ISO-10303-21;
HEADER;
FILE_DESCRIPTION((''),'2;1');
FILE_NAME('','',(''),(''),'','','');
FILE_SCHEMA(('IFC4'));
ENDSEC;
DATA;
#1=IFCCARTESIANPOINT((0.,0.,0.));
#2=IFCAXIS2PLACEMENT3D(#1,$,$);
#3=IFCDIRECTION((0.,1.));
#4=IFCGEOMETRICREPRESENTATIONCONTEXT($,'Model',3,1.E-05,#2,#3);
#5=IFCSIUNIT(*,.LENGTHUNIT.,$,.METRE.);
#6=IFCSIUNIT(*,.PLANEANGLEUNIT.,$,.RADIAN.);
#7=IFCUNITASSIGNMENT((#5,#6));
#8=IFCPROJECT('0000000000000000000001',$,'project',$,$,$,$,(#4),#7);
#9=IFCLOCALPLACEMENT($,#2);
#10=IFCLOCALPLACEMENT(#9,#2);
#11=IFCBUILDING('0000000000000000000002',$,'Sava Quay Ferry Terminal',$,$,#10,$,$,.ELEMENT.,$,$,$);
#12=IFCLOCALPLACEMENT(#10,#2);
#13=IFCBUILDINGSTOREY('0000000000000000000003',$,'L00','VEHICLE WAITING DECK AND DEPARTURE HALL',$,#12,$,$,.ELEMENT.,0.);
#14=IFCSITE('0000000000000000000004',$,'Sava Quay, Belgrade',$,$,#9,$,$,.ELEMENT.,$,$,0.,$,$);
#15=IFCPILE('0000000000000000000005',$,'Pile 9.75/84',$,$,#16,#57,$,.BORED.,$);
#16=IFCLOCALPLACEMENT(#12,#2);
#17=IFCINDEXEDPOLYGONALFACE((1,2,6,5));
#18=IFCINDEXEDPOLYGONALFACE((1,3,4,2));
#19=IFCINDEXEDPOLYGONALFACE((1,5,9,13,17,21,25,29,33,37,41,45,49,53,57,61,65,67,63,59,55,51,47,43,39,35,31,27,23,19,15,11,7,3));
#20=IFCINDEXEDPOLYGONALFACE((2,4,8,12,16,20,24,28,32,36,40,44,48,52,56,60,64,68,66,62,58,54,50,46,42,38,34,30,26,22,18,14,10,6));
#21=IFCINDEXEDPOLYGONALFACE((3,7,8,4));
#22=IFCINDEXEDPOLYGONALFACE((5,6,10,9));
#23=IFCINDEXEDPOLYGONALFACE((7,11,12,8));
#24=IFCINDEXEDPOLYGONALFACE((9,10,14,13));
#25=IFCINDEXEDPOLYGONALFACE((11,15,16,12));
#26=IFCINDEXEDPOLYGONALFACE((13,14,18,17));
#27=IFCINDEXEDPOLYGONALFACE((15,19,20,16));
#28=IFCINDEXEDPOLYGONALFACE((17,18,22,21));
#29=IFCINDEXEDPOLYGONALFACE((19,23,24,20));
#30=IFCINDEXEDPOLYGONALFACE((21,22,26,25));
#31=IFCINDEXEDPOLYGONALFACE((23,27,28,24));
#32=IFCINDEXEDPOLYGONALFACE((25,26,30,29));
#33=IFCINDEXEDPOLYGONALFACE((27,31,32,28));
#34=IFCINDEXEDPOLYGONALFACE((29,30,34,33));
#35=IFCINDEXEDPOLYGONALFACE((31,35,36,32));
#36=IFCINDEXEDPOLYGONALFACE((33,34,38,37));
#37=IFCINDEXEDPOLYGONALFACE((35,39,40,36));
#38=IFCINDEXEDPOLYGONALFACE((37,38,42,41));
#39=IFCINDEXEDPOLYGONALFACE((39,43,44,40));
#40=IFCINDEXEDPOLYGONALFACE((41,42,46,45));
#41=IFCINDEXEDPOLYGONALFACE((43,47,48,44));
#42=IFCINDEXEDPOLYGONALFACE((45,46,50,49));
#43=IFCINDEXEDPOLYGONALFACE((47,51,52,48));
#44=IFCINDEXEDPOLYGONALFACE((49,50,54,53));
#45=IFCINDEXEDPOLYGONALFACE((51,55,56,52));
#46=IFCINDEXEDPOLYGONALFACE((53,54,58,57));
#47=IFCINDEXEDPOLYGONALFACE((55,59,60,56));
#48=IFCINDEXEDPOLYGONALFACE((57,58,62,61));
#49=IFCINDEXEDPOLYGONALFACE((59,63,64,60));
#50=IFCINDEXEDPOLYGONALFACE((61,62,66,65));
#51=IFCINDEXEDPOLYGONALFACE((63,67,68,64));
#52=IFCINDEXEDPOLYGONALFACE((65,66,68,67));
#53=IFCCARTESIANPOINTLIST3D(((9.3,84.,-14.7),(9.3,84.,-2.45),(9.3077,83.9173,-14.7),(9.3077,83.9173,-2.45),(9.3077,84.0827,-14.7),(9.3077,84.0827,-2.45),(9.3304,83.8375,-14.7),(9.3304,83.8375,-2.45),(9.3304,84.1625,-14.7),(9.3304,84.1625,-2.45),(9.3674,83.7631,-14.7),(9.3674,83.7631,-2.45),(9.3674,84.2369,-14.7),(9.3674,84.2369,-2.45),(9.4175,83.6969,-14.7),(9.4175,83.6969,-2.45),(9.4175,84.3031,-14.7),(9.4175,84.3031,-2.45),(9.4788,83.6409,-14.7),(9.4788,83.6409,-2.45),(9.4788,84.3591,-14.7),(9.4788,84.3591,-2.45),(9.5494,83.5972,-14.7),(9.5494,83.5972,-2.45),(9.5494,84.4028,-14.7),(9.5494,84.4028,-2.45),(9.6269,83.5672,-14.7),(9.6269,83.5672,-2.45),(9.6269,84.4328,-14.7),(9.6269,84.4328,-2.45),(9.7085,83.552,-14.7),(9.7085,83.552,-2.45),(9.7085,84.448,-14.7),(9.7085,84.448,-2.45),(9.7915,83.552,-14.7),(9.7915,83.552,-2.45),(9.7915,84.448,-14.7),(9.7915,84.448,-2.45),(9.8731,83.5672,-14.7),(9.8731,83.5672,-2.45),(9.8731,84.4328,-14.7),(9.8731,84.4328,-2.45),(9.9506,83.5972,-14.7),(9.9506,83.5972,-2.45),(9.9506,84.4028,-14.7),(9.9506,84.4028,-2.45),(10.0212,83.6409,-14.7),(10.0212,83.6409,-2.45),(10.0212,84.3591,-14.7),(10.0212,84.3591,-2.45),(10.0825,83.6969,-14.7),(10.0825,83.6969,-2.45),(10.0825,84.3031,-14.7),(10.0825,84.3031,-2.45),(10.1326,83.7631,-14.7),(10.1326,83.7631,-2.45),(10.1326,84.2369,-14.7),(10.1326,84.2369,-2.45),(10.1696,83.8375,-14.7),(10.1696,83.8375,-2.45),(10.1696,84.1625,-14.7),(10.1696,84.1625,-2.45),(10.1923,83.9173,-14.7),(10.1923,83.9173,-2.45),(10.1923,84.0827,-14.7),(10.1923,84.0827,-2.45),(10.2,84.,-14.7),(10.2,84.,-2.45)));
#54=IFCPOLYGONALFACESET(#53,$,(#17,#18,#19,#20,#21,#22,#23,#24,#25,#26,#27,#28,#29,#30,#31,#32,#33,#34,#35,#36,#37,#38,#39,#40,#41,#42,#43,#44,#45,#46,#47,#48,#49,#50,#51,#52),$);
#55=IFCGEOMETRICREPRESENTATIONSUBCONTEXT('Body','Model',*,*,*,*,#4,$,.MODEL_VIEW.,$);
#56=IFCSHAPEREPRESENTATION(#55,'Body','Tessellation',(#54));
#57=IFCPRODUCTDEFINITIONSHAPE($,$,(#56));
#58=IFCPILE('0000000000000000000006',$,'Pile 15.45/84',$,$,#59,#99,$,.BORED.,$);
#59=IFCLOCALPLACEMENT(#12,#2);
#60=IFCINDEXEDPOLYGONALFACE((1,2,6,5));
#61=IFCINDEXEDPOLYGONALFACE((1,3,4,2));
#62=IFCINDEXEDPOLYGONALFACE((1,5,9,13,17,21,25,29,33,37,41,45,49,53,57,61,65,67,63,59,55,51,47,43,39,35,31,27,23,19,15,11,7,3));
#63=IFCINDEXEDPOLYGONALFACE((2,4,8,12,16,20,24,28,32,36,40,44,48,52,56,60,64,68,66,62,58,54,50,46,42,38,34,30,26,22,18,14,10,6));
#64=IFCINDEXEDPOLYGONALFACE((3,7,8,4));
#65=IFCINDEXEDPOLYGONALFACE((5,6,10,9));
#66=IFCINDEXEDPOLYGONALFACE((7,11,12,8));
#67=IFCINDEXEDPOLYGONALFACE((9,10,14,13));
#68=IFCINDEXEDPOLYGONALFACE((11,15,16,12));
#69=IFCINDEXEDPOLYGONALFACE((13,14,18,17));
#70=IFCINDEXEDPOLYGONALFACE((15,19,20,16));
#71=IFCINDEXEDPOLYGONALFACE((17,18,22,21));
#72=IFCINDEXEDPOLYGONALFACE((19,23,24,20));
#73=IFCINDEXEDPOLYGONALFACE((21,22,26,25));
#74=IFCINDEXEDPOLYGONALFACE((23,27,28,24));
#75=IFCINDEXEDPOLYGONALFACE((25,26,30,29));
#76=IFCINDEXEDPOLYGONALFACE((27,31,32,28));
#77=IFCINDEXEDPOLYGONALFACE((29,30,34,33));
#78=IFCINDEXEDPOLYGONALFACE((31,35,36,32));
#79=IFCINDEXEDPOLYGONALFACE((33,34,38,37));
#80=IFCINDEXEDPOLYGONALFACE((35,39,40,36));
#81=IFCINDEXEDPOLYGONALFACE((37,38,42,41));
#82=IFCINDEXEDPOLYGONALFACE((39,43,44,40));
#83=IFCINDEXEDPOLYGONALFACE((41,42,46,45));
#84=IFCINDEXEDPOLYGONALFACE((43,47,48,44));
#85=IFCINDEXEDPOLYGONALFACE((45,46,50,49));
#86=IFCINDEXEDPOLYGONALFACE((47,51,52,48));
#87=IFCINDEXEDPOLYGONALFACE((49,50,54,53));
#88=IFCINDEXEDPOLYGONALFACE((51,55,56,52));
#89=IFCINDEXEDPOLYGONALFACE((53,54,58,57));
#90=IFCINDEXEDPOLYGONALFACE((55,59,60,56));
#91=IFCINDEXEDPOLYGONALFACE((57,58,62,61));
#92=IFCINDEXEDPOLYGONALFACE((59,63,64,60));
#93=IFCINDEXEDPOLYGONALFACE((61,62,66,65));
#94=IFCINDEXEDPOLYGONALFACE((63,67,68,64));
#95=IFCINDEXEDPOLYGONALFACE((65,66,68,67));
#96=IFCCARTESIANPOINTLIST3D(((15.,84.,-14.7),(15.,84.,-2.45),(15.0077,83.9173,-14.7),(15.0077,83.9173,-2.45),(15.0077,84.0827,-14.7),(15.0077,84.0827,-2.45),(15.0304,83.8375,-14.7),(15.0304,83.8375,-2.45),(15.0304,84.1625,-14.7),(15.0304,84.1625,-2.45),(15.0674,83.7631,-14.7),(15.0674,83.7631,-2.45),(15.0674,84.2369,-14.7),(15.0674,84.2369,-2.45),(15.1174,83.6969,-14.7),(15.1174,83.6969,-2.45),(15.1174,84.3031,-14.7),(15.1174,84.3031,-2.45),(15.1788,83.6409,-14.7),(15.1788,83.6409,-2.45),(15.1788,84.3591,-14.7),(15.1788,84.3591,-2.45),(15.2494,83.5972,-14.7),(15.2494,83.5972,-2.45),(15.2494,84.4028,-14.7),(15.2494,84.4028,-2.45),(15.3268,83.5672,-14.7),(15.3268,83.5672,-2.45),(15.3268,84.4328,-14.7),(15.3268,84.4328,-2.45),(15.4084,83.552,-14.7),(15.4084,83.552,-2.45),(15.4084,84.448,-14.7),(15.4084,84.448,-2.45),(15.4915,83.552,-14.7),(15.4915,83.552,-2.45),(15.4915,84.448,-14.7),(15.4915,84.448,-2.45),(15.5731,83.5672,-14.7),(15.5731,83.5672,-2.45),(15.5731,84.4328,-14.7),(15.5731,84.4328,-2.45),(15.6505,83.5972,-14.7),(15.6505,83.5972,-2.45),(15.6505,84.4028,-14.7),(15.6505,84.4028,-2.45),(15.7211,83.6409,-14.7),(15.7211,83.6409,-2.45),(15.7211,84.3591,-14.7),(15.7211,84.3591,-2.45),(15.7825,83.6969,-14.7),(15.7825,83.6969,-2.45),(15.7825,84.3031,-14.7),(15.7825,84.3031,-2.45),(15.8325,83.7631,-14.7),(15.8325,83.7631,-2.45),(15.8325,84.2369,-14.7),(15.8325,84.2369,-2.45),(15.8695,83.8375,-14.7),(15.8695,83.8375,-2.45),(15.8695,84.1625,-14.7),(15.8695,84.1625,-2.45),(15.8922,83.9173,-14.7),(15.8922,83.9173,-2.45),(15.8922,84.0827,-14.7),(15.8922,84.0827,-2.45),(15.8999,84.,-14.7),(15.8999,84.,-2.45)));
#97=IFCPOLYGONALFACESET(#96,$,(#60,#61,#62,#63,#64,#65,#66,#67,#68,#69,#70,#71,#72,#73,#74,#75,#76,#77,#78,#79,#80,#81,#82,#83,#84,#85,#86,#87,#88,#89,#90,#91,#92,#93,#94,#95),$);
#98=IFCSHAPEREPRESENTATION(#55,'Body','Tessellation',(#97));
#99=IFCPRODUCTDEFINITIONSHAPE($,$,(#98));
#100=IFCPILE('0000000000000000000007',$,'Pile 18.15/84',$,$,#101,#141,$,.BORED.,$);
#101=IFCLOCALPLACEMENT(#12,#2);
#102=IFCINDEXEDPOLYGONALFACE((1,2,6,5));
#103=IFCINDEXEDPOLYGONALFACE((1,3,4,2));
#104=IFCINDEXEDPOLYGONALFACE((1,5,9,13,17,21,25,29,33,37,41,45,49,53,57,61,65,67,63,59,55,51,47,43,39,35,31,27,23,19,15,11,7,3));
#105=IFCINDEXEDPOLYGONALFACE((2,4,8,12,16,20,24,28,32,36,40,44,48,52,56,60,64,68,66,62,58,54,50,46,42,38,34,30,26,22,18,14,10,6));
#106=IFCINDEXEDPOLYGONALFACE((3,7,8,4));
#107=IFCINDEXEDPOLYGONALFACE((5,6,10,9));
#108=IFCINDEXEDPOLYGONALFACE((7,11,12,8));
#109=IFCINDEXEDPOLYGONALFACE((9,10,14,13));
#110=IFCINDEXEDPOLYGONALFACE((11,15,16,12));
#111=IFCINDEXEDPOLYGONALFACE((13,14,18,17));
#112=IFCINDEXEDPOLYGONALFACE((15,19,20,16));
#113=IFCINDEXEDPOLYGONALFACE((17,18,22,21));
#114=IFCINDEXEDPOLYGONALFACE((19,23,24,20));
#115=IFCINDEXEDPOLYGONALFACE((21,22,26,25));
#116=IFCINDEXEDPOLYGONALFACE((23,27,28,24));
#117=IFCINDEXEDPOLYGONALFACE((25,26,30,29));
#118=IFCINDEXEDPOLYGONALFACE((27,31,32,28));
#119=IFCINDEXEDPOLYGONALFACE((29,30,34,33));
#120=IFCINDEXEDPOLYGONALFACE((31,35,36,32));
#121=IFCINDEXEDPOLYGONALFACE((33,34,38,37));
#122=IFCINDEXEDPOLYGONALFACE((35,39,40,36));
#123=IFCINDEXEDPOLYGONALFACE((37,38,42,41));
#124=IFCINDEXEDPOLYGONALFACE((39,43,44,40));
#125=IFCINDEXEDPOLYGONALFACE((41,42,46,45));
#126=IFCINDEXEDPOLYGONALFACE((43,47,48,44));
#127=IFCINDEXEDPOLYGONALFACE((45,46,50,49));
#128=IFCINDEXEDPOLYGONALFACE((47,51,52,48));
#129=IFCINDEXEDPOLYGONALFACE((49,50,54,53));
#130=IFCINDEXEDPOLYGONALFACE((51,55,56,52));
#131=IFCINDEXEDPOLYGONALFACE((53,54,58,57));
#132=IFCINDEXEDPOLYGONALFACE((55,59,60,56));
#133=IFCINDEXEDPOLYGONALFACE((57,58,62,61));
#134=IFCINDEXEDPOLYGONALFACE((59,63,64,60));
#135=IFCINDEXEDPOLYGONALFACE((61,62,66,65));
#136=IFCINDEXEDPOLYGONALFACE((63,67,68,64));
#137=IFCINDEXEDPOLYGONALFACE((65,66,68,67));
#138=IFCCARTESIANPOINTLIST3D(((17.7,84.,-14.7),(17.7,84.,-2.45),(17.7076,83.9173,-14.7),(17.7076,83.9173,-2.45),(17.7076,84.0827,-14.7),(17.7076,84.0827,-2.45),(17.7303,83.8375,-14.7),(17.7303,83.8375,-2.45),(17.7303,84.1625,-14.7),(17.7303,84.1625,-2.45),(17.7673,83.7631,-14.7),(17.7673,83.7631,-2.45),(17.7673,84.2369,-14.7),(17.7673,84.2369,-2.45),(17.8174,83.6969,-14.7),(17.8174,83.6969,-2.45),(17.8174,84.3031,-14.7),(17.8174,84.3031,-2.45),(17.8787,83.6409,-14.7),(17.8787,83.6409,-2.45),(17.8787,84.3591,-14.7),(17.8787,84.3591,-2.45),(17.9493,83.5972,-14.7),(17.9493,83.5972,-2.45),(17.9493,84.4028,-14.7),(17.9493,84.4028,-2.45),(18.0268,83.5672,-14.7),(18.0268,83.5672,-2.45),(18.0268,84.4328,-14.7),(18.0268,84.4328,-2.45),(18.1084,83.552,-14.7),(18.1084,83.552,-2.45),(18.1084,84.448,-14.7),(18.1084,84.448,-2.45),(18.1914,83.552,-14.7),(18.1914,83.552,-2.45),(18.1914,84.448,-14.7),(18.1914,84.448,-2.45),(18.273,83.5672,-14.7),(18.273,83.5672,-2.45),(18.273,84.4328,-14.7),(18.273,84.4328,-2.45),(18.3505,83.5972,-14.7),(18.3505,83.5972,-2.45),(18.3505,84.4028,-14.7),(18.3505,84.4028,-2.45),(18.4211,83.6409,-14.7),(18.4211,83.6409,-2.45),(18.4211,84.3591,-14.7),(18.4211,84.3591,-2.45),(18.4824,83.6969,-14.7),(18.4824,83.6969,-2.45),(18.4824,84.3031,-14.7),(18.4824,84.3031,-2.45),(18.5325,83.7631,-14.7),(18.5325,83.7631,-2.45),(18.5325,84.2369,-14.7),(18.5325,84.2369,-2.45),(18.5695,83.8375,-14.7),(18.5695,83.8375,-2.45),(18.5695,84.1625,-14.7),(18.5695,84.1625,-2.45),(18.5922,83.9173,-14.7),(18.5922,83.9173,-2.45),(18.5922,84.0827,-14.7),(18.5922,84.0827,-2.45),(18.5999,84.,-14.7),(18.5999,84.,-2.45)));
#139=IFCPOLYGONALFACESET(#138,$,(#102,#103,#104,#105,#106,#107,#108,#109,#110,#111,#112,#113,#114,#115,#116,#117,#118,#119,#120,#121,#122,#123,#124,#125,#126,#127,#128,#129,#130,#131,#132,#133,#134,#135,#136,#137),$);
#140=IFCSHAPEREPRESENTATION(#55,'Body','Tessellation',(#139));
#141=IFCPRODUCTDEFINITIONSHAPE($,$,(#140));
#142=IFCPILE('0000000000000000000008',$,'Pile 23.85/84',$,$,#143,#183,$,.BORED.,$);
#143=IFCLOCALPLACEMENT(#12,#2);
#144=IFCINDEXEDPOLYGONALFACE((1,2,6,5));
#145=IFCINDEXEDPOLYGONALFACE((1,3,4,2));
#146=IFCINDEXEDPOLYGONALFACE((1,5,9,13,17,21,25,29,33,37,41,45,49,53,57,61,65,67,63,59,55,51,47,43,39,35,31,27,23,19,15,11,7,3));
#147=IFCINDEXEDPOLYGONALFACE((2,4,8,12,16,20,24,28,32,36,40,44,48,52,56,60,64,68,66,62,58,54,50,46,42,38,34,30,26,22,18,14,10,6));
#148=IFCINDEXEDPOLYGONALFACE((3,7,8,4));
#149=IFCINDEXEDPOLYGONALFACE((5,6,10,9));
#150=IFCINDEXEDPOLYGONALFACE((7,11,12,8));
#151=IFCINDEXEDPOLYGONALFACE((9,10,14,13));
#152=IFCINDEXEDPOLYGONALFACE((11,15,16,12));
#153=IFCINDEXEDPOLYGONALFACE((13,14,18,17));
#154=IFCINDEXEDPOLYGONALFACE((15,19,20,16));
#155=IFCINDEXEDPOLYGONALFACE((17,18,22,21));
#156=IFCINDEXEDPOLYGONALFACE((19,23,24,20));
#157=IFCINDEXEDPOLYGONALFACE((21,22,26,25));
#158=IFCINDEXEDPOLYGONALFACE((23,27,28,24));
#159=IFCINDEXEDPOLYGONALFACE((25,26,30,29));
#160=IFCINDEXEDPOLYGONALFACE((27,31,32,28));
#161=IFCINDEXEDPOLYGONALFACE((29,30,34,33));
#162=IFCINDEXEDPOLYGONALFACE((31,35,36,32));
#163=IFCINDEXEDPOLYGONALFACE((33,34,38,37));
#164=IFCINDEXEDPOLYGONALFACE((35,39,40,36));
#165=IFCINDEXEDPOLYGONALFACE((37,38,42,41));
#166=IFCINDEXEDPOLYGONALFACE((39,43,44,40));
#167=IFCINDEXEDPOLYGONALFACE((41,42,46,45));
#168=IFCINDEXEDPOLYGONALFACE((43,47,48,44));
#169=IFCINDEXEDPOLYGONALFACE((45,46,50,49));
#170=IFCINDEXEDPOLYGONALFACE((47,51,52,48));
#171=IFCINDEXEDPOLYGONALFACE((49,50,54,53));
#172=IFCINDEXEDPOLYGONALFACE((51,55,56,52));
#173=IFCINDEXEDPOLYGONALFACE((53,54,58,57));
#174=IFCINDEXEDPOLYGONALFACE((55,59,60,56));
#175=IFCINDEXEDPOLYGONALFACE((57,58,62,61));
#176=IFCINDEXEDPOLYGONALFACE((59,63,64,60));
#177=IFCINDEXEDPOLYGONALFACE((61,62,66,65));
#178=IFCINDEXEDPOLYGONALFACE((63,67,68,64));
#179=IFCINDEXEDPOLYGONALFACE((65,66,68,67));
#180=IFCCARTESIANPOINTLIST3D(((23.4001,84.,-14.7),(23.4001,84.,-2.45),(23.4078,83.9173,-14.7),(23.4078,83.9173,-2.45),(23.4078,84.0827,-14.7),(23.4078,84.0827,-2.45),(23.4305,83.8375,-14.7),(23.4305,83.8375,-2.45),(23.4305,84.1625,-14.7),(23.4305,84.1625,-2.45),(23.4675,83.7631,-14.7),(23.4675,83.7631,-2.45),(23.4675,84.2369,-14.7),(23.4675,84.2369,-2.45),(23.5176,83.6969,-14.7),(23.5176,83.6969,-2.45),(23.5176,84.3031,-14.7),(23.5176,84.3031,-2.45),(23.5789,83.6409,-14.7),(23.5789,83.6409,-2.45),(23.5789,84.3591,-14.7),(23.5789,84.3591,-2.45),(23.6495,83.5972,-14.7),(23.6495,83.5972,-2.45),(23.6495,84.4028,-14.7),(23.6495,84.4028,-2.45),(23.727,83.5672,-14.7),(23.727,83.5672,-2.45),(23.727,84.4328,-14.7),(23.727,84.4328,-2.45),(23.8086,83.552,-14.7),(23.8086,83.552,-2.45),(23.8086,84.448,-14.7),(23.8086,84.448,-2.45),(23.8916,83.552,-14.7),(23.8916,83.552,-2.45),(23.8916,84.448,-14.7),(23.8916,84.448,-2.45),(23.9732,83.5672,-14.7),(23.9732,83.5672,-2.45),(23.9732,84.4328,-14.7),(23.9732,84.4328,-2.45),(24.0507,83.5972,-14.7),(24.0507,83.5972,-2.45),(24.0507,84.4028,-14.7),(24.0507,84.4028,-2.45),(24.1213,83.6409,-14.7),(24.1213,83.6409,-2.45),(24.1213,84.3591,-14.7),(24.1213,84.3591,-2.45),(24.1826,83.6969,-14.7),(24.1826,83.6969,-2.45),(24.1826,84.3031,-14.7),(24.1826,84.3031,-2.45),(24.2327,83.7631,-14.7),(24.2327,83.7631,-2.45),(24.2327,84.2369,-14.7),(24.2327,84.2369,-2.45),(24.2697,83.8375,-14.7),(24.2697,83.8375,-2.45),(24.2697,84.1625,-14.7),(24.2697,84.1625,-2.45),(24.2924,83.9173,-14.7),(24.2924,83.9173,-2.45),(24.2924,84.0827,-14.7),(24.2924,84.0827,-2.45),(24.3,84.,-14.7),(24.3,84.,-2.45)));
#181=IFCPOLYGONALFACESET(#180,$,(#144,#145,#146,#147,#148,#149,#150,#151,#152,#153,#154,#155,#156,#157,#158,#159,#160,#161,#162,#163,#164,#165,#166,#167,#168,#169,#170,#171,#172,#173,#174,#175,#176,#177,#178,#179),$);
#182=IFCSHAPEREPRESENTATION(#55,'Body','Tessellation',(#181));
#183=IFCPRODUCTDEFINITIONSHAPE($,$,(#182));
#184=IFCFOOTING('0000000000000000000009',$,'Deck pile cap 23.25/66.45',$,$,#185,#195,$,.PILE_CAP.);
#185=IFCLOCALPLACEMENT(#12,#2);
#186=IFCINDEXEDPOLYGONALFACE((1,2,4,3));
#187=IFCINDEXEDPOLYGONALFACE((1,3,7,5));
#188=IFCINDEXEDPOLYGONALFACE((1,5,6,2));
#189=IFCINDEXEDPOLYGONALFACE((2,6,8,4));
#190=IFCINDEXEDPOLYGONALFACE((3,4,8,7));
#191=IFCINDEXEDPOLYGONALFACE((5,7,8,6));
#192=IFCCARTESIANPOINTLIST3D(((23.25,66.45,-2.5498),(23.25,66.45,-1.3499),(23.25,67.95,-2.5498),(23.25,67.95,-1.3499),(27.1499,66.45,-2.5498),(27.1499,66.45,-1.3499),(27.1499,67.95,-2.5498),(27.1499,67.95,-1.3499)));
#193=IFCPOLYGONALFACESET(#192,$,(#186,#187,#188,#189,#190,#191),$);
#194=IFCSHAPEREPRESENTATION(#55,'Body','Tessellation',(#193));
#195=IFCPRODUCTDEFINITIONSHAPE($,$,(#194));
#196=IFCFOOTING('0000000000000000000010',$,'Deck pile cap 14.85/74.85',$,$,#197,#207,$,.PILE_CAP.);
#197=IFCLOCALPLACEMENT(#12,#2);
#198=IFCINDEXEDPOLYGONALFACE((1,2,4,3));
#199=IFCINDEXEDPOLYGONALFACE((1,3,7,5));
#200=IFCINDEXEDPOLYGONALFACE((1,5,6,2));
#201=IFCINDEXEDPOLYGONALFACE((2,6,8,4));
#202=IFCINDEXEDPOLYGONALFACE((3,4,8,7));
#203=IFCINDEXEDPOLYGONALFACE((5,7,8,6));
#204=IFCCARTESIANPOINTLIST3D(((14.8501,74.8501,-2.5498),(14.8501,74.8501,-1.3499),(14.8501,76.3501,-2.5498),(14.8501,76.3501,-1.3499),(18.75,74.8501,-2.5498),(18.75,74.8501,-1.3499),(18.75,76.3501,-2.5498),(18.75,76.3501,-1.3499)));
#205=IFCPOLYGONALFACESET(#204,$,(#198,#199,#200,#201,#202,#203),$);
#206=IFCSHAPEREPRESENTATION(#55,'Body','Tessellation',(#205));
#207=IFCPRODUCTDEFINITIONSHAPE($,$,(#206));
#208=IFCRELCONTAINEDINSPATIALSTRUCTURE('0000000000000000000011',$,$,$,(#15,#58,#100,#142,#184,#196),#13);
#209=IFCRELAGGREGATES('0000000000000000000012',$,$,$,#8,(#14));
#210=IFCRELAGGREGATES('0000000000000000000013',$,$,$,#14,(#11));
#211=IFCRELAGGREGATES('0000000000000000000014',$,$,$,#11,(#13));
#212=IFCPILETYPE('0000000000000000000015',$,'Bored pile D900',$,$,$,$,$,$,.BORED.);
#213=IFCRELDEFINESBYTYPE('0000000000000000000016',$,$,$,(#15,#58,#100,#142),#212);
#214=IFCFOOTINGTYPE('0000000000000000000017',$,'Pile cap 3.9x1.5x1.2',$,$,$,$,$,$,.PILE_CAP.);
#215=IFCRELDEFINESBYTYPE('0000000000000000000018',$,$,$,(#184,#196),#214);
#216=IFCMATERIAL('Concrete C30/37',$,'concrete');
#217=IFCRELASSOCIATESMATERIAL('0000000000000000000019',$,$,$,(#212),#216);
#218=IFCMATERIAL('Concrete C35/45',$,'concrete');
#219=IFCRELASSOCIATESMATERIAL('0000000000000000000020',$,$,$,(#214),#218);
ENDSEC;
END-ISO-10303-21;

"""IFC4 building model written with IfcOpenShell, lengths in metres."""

from ifc_helpers import new_model, si_unit, direction, frame, origin, origin_2d, place, context, subcontext, project, spatial, rectangle, circle, extrude, material, material_profile, profile_set, type_object, element, save


model = new_model("IFC4")

# Units and contexts
model_context = context("Model", 3, precision=1e-05, world=origin(), true_north=direction((0.0, 1.0)))
body_context = subcontext(model_context, "Body", "Model", "MODEL_VIEW")
ifc_project = project(units=[si_unit("LENGTHUNIT", "METRE"), si_unit("PLANEANGLEUNIT", "RADIAN")], contexts=[model_context])

# Site, building, storey
site_placement = place(None, origin())
site = spatial("IfcSite", under=ifc_project, at=site_placement, Name="Sava Quay, Belgrade", CompositionType="ELEMENT", RefElevation=0.0)
building_placement = place(site_placement, origin())
building = spatial("IfcBuilding", under=site, at=building_placement, Name="Sava Quay Ferry Terminal", CompositionType="ELEMENT")
storey_placement = place(building_placement, origin())
storey = spatial("IfcBuildingStorey", under=building, at=storey_placement, Name="L00", Description="VEHICLE WAITING DECK AND DEPARTURE HALL", CompositionType="ELEMENT", Elevation=0.0)

# Piles
ifc_material_1 = material(Name="Concrete C30/37", Category="concrete")
ifc_material_profile_1 = material_profile(ifc_material_1, circle(Radius=0.45, at=origin_2d()), Name="Bored pile D900")
ifc_profile_set_1 = profile_set([ifc_material_profile_1], Name="Concrete C30/37")
pile_type = type_object("IfcPileType", Name="Bored pile D900", PredefinedType="BORED", material=ifc_profile_set_1)
for number, where, z_axis, x_axis, name in (
    (1, (9.75, 84.0, -2.45), (0.0, 0.0, -1.0), (1.0, 0.0, 0.0), "Pile 9.75/84"),
    (2, (15.45, 84.0, -2.45), (0.0, 0.0, -1.0), (1.0, 0.0, 0.0), "Pile 15.45/84"),
    (3, (18.1499, 84.0, -2.45), (0.0, 0.0, -1.0), (1.0, 0.0, 0.0), "Pile 18.15/84"),
    (4, (23.8501, 84.0, -2.45), (0.0, 0.0, -1.0), (1.0, 0.0, 0.0), "Pile 23.85/84"),
):
    element("IfcPile", number, at=place(storey_placement, frame(where, z_axis=z_axis, x_axis=x_axis)), inside=storey, type_object=pile_type, Name=name, PredefinedType="BORED", context=body_context, shape_type="SweptSolid", body=[
        extrude(circle(Radius=0.45, at=origin_2d()), origin(), (0.0, 0.0, 1.0), 12.25),
    ])

# Footings
ifc_material_2 = material(Name="Concrete C35/45", Category="concrete")
footing_type = type_object("IfcFootingType", Name="Pile cap 3.9x1.5x1.2", PredefinedType="PILE_CAP", material=ifc_material_2)
for number, where, z_axis, x_axis, name in (
    (5, (25.2, 67.2, -2.5498), (0.0, 0.0, 1.0), (1.0, 0.0, 0.0), "Deck pile cap 23.25/66.45"),
    (6, (16.8, 75.6001, -2.5498), (0.0, 0.0, 1.0), (1.0, 0.0, 0.0), "Deck pile cap 14.85/74.85"),
):
    element("IfcFooting", number, at=place(storey_placement, frame(where, z_axis=z_axis, x_axis=x_axis)), inside=storey, type_object=footing_type, Name=name, PredefinedType="PILE_CAP", context=body_context, shape_type="SweptSolid", body=[
        extrude(rectangle(XDim=3.8999, YDim=1.5, at=origin_2d()), origin(), (0.0, 0.0, 1.0), 1.2),
    ])

save(model, "model.ifc")
